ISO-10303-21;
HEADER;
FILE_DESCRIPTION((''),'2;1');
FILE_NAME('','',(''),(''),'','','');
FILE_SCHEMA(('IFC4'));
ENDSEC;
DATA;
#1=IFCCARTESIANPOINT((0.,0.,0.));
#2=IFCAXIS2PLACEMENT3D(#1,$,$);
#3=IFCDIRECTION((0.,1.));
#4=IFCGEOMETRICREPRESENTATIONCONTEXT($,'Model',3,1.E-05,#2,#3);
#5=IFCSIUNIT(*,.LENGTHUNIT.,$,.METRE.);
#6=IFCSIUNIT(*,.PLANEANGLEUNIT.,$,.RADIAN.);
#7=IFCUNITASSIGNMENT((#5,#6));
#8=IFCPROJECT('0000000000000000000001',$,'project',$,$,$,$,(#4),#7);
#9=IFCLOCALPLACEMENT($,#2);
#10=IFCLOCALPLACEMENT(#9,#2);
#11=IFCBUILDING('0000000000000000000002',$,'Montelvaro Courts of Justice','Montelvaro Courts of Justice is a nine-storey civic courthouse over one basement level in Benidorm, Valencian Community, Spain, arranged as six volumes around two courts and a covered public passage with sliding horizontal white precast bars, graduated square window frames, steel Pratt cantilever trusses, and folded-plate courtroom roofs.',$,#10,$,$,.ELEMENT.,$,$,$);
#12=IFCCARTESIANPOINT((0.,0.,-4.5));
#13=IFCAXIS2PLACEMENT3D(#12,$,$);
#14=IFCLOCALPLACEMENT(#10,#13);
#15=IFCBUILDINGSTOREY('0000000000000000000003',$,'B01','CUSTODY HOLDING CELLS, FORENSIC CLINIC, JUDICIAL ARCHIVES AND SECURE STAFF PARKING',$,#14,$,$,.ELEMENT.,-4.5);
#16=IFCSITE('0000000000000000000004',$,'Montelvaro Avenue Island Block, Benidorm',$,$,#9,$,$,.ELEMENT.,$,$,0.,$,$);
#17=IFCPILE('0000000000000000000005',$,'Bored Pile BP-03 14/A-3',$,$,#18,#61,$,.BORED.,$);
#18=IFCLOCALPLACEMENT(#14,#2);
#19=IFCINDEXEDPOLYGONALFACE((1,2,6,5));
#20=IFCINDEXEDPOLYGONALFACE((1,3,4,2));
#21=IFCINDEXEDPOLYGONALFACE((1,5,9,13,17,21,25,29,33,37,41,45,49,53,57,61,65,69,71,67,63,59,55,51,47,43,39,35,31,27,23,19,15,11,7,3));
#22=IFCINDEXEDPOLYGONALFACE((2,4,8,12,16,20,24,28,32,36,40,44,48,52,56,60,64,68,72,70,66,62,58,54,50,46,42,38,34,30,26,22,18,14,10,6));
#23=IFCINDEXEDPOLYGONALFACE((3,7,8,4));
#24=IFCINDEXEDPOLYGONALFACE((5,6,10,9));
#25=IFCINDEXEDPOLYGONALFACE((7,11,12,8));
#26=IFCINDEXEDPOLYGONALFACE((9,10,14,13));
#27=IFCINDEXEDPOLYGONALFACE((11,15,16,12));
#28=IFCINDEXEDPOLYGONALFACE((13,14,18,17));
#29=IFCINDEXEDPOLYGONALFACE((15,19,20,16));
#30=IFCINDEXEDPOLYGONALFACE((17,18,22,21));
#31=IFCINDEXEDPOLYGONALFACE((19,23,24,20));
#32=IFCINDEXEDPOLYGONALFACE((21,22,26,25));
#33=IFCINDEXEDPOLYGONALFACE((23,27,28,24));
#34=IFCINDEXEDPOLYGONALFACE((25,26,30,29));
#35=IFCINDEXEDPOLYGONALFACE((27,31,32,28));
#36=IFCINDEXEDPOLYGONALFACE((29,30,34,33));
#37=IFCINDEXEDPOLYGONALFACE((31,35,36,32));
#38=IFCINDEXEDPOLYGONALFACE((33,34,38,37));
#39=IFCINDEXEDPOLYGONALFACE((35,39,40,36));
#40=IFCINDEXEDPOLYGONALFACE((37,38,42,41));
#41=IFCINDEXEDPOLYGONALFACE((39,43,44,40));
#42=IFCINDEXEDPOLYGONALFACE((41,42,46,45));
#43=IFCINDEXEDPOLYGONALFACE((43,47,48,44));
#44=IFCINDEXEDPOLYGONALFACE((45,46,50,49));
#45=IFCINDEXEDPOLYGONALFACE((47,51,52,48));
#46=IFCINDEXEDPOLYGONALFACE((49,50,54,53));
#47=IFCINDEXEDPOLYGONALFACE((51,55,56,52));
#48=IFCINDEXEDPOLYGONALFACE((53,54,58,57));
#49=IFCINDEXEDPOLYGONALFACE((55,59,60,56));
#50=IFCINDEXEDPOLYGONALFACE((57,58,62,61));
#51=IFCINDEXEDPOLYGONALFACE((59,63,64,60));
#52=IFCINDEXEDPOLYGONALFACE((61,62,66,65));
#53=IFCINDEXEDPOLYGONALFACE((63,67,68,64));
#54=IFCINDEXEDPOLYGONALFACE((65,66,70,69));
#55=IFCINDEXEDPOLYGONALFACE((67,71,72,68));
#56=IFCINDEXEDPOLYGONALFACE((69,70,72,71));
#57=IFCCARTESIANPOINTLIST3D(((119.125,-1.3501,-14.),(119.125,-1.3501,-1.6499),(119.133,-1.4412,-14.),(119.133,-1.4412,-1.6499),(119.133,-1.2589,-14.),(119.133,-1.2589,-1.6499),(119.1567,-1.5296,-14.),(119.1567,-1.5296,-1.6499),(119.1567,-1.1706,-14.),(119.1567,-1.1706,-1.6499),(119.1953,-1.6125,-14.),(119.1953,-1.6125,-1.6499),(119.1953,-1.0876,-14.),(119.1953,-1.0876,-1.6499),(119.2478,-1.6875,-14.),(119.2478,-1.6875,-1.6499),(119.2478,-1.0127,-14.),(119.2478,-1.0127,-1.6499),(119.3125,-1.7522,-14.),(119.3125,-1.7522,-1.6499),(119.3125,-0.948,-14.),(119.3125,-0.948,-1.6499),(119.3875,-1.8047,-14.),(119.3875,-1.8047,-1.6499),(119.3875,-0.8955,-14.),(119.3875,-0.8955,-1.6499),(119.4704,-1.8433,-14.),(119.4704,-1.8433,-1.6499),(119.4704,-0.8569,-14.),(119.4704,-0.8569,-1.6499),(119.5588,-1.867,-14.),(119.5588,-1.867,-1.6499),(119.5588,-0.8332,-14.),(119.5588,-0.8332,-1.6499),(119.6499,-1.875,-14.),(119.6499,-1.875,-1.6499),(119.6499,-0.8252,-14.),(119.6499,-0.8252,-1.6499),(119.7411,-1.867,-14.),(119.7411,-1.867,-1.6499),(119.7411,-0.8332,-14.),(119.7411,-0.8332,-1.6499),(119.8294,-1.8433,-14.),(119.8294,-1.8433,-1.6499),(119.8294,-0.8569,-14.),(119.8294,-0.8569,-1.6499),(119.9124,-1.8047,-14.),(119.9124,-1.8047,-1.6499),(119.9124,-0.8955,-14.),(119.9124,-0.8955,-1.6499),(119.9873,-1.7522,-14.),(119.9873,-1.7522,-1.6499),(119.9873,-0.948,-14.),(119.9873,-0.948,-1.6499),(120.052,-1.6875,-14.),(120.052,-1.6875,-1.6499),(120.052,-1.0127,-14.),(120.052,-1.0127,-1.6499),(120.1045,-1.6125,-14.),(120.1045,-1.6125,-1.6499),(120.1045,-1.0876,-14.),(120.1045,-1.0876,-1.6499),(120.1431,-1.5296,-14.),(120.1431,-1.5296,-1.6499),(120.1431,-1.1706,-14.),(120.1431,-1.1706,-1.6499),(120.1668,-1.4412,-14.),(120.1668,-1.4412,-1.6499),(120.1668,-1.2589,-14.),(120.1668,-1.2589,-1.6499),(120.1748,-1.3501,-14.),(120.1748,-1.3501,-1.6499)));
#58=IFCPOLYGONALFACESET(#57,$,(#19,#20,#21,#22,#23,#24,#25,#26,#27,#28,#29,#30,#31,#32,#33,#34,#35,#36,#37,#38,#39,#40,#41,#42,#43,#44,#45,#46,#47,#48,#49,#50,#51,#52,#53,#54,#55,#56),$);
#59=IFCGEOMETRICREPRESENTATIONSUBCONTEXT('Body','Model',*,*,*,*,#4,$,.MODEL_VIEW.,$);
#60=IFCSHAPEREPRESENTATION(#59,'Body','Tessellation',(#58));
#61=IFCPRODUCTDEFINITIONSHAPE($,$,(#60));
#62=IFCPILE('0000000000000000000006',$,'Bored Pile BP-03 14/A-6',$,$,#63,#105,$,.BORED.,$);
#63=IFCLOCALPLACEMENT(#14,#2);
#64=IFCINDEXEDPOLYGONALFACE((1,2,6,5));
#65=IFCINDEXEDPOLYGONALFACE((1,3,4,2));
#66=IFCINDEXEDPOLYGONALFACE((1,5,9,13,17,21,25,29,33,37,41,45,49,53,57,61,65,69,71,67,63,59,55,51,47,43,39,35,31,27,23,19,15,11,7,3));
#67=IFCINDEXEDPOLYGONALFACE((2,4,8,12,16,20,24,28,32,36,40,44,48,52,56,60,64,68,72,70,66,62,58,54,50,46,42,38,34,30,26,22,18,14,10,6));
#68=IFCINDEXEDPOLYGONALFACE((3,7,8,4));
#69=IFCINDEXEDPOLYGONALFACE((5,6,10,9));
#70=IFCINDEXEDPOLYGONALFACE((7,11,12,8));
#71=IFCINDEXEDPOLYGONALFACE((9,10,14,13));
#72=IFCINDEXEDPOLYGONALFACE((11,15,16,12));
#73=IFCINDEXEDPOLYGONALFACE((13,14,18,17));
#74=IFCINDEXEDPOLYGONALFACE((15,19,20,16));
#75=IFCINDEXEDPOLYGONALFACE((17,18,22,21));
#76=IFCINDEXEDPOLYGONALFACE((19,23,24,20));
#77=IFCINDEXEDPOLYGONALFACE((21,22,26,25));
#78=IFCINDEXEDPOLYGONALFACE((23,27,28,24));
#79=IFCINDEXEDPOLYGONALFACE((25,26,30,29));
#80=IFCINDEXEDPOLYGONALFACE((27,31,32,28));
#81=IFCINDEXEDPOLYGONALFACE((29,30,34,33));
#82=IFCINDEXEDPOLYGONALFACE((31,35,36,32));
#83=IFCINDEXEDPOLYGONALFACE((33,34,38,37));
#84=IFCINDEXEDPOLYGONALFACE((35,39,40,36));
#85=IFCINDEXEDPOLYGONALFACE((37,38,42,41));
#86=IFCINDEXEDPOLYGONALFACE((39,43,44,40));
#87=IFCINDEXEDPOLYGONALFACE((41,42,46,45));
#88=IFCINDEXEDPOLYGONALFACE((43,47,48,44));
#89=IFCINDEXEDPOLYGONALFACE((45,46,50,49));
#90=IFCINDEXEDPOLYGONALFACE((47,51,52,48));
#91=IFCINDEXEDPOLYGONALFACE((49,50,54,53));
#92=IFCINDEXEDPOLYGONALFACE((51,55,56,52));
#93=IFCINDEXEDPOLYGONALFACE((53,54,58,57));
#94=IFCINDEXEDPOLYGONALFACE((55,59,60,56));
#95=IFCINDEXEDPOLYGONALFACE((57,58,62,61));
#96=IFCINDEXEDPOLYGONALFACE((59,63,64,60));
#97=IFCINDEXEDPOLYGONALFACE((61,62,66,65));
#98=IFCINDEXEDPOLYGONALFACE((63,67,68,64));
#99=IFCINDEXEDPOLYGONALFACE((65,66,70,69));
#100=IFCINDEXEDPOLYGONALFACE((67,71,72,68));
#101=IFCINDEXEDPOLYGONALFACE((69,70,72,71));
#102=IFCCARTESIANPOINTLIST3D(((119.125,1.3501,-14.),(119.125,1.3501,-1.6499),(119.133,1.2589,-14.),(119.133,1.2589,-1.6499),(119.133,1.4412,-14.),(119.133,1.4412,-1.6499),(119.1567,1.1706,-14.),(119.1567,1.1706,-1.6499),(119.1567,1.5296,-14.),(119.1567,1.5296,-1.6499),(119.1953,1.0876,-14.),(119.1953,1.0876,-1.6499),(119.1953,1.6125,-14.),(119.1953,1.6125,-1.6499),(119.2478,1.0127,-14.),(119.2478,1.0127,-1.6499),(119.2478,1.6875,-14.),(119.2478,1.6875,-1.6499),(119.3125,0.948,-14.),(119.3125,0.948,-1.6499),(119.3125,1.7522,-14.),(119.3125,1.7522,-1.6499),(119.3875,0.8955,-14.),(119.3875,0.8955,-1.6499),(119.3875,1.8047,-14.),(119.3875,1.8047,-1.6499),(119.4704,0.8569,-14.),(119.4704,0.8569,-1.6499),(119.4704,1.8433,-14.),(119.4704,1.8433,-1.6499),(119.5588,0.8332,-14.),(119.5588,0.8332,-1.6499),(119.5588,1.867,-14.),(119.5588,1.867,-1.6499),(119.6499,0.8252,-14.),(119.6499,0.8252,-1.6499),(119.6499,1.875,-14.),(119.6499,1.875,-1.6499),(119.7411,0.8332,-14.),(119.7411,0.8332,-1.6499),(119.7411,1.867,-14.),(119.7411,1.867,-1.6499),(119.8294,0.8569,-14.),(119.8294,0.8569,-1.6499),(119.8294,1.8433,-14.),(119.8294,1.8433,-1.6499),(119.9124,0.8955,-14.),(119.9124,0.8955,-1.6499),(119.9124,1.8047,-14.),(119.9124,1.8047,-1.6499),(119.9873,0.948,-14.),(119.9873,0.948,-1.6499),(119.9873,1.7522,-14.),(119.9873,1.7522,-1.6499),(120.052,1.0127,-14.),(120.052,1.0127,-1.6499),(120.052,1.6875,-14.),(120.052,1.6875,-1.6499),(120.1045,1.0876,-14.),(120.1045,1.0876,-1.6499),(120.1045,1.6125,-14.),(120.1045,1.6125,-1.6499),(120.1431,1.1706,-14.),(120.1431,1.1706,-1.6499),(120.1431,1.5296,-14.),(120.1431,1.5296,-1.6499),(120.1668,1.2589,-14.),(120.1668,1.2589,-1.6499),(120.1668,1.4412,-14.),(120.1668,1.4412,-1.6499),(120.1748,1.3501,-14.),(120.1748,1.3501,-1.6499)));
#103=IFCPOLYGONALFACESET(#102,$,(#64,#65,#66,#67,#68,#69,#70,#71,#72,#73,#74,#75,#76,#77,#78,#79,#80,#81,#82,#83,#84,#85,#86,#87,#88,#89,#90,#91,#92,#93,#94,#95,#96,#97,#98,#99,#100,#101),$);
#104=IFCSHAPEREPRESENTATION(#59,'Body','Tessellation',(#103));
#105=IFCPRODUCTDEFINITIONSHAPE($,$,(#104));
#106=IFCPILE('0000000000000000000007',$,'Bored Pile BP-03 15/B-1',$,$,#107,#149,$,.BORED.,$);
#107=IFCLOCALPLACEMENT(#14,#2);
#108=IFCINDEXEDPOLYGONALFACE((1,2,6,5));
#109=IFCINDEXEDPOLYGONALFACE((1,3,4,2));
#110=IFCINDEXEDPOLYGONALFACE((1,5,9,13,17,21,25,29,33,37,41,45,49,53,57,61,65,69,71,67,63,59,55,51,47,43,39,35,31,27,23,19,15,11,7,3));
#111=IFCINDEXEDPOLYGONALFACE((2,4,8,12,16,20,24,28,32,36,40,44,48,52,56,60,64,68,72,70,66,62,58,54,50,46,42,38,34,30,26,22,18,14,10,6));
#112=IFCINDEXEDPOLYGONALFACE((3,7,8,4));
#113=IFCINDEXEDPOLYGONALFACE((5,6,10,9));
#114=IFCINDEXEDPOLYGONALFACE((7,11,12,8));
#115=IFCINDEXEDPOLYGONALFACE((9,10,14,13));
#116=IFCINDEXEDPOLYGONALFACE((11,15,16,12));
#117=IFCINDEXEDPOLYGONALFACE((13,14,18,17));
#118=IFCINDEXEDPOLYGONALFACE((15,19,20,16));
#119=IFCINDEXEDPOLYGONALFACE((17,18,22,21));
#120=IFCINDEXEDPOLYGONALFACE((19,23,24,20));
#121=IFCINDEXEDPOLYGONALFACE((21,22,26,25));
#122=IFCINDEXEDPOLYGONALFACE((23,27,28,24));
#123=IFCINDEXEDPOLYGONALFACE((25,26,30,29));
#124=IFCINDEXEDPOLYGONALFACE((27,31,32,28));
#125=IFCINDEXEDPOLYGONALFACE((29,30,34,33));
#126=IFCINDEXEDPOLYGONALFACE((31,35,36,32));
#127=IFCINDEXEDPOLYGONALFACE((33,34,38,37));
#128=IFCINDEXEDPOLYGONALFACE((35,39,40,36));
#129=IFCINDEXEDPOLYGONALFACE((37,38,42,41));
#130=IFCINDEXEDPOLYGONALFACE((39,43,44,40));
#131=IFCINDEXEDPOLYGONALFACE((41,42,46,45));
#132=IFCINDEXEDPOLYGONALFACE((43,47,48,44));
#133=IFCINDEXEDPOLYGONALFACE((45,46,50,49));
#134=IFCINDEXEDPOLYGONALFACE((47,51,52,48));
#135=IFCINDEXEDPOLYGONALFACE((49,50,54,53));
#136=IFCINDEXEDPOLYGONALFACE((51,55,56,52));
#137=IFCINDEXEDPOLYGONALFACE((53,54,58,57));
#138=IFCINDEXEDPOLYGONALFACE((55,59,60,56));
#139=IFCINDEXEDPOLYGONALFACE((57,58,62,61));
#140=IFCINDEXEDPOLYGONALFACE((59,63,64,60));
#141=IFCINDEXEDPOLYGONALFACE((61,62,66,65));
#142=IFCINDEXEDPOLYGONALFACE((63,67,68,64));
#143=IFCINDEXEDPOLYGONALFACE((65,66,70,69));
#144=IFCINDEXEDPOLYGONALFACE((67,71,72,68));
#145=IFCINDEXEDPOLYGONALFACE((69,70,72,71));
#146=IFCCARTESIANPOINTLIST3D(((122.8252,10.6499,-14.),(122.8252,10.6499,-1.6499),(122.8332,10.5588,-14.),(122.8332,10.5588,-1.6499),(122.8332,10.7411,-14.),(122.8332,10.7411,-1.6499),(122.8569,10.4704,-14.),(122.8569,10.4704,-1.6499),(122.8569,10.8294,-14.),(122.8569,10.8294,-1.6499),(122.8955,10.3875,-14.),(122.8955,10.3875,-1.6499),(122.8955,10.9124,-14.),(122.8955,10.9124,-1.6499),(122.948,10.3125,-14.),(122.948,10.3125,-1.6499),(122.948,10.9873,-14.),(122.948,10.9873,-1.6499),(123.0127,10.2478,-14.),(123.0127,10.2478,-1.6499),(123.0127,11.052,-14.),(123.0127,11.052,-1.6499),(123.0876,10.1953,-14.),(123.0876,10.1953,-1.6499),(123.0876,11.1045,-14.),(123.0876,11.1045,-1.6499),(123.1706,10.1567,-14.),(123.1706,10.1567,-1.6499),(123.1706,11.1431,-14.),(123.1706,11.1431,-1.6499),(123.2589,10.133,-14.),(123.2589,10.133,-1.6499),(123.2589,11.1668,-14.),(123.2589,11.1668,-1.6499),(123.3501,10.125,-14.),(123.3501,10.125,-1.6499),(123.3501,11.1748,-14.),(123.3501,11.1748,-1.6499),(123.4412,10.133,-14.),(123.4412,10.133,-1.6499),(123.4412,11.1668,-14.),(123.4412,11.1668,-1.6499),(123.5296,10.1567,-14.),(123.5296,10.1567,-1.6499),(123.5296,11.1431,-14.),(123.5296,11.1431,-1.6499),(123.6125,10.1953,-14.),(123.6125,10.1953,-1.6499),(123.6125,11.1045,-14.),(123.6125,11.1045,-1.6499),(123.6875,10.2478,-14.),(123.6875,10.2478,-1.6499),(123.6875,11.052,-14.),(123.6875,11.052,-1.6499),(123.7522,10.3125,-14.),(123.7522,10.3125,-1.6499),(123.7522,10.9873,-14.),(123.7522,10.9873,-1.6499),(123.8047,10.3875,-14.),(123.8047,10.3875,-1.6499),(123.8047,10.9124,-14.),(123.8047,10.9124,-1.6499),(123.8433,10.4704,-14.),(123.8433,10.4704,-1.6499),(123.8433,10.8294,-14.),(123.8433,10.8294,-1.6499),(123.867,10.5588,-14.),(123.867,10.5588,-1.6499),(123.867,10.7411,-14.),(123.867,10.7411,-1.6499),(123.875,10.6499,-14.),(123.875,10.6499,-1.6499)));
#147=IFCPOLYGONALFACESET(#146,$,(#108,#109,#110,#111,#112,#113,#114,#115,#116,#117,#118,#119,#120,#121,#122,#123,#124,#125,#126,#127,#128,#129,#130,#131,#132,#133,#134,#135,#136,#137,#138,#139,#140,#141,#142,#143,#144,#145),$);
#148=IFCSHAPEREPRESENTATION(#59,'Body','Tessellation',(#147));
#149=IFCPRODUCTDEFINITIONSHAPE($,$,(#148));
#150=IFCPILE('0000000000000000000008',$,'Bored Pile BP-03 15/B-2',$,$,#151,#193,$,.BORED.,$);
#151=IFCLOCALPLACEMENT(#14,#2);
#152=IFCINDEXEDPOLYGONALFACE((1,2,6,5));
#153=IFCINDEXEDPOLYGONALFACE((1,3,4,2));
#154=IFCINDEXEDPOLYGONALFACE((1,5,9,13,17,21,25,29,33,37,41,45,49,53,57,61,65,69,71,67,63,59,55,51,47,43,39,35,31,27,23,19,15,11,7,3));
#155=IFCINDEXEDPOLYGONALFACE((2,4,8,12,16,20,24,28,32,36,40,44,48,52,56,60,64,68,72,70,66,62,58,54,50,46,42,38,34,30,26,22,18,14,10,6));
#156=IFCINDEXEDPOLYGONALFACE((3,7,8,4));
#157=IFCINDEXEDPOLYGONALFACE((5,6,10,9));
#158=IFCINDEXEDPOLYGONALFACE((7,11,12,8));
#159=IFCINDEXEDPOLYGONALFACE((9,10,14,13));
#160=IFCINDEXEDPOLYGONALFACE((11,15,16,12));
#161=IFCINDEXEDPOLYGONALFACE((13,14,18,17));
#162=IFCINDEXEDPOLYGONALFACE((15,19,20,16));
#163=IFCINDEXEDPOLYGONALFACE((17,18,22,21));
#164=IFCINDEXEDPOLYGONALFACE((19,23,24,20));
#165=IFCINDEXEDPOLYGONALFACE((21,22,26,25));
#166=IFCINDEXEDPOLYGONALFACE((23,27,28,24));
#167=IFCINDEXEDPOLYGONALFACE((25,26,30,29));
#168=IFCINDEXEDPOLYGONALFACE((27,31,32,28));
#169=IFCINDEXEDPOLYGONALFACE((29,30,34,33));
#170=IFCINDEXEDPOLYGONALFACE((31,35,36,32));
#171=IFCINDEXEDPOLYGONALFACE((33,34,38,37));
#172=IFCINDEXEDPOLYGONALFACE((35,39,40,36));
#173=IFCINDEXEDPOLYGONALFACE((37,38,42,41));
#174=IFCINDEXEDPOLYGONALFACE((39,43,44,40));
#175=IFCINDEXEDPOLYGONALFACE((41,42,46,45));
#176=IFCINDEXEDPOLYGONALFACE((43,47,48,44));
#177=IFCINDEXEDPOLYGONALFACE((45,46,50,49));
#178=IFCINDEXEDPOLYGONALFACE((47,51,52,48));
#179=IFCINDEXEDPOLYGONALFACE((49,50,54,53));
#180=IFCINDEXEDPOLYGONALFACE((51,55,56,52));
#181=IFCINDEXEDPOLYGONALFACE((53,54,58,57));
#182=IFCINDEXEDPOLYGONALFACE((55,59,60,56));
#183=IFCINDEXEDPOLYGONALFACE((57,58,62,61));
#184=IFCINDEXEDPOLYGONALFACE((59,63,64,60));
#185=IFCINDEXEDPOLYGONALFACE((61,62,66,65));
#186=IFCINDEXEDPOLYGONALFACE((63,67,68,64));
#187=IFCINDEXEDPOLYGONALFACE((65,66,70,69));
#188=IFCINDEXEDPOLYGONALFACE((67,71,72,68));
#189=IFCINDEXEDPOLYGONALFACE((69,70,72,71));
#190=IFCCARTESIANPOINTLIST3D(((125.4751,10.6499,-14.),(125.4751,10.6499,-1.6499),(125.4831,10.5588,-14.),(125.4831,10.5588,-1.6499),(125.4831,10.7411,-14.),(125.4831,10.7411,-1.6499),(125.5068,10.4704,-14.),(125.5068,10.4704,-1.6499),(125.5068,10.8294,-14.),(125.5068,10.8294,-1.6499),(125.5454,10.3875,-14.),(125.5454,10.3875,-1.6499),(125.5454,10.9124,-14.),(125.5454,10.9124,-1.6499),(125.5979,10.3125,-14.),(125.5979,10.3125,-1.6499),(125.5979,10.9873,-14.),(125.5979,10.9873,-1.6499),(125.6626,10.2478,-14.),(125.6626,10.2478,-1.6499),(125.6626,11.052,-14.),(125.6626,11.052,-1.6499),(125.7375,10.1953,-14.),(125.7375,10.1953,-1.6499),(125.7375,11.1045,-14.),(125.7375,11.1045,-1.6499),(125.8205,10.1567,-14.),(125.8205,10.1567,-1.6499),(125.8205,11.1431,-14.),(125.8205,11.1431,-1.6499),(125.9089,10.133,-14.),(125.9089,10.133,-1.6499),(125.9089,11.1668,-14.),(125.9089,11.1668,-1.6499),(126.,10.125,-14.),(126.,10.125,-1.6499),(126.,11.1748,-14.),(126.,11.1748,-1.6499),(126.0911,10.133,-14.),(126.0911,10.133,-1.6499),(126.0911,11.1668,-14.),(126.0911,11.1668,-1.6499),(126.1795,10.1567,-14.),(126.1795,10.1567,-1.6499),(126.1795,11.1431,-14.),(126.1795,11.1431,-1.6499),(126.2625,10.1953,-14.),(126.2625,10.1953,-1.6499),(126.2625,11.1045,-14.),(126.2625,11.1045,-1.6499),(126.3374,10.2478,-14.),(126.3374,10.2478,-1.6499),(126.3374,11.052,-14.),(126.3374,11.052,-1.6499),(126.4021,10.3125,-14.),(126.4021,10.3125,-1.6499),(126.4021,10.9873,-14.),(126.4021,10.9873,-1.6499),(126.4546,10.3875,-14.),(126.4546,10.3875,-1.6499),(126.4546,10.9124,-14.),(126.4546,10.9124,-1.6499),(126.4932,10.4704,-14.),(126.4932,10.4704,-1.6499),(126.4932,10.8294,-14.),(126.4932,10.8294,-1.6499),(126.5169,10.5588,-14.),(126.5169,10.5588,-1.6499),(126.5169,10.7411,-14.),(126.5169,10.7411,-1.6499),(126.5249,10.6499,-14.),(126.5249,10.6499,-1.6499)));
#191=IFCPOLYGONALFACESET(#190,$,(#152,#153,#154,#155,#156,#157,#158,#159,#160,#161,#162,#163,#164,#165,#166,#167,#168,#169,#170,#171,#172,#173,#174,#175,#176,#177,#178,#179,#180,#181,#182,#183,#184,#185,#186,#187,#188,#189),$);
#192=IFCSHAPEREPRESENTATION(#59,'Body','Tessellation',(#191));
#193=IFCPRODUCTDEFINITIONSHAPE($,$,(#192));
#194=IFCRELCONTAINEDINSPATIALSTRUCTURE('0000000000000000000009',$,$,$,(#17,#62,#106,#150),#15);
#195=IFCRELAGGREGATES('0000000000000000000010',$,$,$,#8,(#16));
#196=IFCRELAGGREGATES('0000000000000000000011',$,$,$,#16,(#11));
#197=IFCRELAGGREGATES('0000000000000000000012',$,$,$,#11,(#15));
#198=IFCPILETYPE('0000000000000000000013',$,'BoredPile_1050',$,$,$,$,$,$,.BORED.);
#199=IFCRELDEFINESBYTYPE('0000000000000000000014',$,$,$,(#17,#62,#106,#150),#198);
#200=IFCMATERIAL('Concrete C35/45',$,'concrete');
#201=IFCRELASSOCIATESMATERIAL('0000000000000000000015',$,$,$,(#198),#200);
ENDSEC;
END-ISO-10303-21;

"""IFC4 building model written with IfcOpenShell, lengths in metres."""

from ifc_helpers import new_model, si_unit, direction, frame, origin, origin_2d, place, context, subcontext, project, spatial, circle, extrude, material, material_profile, profile_set, type_object, element, save


model = new_model("IFC4")

# Units and contexts
model_context = context("Model", 3, precision=1e-05, world=origin(), true_north=direction((0.0, 1.0)))
body_context = subcontext(model_context, "Body", "Model", "MODEL_VIEW")
ifc_project = project(units=[si_unit("LENGTHUNIT", "METRE"), si_unit("PLANEANGLEUNIT", "RADIAN")], contexts=[model_context])

# Site, building, storey
site_placement = place(None, origin())
site = spatial("IfcSite", under=ifc_project, at=site_placement, Name="Montelvaro Avenue Island Block, Benidorm", CompositionType="ELEMENT", RefElevation=0.0)
building_placement = place(site_placement, origin())
building = spatial("IfcBuilding", under=site, at=building_placement, Name="Montelvaro Courts of Justice", Description="Montelvaro Courts of Justice is a nine-storey civic courthouse over one basement level in Benidorm, Valencian Community, Spain, arranged as six volumes around two courts and a covered public passage with sliding horizontal white precast bars, graduated square window frames, steel Pratt cantilever trusses, and folded-plate courtroom roofs.", CompositionType="ELEMENT")
storey_placement = place(building_placement, frame((0.0, 0.0, -4.5)))
storey = spatial("IfcBuildingStorey", under=building, at=storey_placement, Name="B01", Description="CUSTODY HOLDING CELLS, FORENSIC CLINIC, JUDICIAL ARCHIVES AND SECURE STAFF PARKING", CompositionType="ELEMENT", Elevation=-4.5)

# Piles
ifc_material_1 = material(Name="Concrete C35/45", Category="concrete")
ifc_material_profile_1 = material_profile(ifc_material_1, circle(Radius=0.5249, at=origin_2d()), Name="BORED PILE D1050")
ifc_profile_set_1 = profile_set([ifc_material_profile_1], Name="Concrete C35/45")
pile_type_1 = type_object("IfcPileType", Name="BoredPile_1050", PredefinedType="BORED", material=ifc_profile_set_1)
for number, where, z_axis, x_axis, name in (
    (1, (119.6499, -1.3501, -1.6499), (0.0, 0.0, -1.0), (1.0, 0.0, 0.0), "Bored Pile BP-03 14/A-3"),
    (2, (119.6499, 1.3501, -1.6499), (0.0, 0.0, -1.0), (1.0, 0.0, 0.0), "Bored Pile BP-03 14/A-6"),
    (3, (123.3501, 10.6499, -1.6499), (0.0, 0.0, -1.0), (1.0, 0.0, 0.0), "Bored Pile BP-03 15/B-1"),
    (4, (126.0, 10.6499, -1.6499), (0.0, 0.0, -1.0), (1.0, 0.0, 0.0), "Bored Pile BP-03 15/B-2"),
):
    element("IfcPile", number, at=place(storey_placement, frame(where, z_axis=z_axis, x_axis=x_axis)), inside=storey, type_object=pile_type_1, Name=name, PredefinedType="BORED", context=body_context, shape_type="SweptSolid", body=[
        extrude(circle(Radius=0.5249, at=origin_2d()), origin(), (0.0, 0.0, 1.0), 12.3501),
    ])

save(model, "model.ifc")
